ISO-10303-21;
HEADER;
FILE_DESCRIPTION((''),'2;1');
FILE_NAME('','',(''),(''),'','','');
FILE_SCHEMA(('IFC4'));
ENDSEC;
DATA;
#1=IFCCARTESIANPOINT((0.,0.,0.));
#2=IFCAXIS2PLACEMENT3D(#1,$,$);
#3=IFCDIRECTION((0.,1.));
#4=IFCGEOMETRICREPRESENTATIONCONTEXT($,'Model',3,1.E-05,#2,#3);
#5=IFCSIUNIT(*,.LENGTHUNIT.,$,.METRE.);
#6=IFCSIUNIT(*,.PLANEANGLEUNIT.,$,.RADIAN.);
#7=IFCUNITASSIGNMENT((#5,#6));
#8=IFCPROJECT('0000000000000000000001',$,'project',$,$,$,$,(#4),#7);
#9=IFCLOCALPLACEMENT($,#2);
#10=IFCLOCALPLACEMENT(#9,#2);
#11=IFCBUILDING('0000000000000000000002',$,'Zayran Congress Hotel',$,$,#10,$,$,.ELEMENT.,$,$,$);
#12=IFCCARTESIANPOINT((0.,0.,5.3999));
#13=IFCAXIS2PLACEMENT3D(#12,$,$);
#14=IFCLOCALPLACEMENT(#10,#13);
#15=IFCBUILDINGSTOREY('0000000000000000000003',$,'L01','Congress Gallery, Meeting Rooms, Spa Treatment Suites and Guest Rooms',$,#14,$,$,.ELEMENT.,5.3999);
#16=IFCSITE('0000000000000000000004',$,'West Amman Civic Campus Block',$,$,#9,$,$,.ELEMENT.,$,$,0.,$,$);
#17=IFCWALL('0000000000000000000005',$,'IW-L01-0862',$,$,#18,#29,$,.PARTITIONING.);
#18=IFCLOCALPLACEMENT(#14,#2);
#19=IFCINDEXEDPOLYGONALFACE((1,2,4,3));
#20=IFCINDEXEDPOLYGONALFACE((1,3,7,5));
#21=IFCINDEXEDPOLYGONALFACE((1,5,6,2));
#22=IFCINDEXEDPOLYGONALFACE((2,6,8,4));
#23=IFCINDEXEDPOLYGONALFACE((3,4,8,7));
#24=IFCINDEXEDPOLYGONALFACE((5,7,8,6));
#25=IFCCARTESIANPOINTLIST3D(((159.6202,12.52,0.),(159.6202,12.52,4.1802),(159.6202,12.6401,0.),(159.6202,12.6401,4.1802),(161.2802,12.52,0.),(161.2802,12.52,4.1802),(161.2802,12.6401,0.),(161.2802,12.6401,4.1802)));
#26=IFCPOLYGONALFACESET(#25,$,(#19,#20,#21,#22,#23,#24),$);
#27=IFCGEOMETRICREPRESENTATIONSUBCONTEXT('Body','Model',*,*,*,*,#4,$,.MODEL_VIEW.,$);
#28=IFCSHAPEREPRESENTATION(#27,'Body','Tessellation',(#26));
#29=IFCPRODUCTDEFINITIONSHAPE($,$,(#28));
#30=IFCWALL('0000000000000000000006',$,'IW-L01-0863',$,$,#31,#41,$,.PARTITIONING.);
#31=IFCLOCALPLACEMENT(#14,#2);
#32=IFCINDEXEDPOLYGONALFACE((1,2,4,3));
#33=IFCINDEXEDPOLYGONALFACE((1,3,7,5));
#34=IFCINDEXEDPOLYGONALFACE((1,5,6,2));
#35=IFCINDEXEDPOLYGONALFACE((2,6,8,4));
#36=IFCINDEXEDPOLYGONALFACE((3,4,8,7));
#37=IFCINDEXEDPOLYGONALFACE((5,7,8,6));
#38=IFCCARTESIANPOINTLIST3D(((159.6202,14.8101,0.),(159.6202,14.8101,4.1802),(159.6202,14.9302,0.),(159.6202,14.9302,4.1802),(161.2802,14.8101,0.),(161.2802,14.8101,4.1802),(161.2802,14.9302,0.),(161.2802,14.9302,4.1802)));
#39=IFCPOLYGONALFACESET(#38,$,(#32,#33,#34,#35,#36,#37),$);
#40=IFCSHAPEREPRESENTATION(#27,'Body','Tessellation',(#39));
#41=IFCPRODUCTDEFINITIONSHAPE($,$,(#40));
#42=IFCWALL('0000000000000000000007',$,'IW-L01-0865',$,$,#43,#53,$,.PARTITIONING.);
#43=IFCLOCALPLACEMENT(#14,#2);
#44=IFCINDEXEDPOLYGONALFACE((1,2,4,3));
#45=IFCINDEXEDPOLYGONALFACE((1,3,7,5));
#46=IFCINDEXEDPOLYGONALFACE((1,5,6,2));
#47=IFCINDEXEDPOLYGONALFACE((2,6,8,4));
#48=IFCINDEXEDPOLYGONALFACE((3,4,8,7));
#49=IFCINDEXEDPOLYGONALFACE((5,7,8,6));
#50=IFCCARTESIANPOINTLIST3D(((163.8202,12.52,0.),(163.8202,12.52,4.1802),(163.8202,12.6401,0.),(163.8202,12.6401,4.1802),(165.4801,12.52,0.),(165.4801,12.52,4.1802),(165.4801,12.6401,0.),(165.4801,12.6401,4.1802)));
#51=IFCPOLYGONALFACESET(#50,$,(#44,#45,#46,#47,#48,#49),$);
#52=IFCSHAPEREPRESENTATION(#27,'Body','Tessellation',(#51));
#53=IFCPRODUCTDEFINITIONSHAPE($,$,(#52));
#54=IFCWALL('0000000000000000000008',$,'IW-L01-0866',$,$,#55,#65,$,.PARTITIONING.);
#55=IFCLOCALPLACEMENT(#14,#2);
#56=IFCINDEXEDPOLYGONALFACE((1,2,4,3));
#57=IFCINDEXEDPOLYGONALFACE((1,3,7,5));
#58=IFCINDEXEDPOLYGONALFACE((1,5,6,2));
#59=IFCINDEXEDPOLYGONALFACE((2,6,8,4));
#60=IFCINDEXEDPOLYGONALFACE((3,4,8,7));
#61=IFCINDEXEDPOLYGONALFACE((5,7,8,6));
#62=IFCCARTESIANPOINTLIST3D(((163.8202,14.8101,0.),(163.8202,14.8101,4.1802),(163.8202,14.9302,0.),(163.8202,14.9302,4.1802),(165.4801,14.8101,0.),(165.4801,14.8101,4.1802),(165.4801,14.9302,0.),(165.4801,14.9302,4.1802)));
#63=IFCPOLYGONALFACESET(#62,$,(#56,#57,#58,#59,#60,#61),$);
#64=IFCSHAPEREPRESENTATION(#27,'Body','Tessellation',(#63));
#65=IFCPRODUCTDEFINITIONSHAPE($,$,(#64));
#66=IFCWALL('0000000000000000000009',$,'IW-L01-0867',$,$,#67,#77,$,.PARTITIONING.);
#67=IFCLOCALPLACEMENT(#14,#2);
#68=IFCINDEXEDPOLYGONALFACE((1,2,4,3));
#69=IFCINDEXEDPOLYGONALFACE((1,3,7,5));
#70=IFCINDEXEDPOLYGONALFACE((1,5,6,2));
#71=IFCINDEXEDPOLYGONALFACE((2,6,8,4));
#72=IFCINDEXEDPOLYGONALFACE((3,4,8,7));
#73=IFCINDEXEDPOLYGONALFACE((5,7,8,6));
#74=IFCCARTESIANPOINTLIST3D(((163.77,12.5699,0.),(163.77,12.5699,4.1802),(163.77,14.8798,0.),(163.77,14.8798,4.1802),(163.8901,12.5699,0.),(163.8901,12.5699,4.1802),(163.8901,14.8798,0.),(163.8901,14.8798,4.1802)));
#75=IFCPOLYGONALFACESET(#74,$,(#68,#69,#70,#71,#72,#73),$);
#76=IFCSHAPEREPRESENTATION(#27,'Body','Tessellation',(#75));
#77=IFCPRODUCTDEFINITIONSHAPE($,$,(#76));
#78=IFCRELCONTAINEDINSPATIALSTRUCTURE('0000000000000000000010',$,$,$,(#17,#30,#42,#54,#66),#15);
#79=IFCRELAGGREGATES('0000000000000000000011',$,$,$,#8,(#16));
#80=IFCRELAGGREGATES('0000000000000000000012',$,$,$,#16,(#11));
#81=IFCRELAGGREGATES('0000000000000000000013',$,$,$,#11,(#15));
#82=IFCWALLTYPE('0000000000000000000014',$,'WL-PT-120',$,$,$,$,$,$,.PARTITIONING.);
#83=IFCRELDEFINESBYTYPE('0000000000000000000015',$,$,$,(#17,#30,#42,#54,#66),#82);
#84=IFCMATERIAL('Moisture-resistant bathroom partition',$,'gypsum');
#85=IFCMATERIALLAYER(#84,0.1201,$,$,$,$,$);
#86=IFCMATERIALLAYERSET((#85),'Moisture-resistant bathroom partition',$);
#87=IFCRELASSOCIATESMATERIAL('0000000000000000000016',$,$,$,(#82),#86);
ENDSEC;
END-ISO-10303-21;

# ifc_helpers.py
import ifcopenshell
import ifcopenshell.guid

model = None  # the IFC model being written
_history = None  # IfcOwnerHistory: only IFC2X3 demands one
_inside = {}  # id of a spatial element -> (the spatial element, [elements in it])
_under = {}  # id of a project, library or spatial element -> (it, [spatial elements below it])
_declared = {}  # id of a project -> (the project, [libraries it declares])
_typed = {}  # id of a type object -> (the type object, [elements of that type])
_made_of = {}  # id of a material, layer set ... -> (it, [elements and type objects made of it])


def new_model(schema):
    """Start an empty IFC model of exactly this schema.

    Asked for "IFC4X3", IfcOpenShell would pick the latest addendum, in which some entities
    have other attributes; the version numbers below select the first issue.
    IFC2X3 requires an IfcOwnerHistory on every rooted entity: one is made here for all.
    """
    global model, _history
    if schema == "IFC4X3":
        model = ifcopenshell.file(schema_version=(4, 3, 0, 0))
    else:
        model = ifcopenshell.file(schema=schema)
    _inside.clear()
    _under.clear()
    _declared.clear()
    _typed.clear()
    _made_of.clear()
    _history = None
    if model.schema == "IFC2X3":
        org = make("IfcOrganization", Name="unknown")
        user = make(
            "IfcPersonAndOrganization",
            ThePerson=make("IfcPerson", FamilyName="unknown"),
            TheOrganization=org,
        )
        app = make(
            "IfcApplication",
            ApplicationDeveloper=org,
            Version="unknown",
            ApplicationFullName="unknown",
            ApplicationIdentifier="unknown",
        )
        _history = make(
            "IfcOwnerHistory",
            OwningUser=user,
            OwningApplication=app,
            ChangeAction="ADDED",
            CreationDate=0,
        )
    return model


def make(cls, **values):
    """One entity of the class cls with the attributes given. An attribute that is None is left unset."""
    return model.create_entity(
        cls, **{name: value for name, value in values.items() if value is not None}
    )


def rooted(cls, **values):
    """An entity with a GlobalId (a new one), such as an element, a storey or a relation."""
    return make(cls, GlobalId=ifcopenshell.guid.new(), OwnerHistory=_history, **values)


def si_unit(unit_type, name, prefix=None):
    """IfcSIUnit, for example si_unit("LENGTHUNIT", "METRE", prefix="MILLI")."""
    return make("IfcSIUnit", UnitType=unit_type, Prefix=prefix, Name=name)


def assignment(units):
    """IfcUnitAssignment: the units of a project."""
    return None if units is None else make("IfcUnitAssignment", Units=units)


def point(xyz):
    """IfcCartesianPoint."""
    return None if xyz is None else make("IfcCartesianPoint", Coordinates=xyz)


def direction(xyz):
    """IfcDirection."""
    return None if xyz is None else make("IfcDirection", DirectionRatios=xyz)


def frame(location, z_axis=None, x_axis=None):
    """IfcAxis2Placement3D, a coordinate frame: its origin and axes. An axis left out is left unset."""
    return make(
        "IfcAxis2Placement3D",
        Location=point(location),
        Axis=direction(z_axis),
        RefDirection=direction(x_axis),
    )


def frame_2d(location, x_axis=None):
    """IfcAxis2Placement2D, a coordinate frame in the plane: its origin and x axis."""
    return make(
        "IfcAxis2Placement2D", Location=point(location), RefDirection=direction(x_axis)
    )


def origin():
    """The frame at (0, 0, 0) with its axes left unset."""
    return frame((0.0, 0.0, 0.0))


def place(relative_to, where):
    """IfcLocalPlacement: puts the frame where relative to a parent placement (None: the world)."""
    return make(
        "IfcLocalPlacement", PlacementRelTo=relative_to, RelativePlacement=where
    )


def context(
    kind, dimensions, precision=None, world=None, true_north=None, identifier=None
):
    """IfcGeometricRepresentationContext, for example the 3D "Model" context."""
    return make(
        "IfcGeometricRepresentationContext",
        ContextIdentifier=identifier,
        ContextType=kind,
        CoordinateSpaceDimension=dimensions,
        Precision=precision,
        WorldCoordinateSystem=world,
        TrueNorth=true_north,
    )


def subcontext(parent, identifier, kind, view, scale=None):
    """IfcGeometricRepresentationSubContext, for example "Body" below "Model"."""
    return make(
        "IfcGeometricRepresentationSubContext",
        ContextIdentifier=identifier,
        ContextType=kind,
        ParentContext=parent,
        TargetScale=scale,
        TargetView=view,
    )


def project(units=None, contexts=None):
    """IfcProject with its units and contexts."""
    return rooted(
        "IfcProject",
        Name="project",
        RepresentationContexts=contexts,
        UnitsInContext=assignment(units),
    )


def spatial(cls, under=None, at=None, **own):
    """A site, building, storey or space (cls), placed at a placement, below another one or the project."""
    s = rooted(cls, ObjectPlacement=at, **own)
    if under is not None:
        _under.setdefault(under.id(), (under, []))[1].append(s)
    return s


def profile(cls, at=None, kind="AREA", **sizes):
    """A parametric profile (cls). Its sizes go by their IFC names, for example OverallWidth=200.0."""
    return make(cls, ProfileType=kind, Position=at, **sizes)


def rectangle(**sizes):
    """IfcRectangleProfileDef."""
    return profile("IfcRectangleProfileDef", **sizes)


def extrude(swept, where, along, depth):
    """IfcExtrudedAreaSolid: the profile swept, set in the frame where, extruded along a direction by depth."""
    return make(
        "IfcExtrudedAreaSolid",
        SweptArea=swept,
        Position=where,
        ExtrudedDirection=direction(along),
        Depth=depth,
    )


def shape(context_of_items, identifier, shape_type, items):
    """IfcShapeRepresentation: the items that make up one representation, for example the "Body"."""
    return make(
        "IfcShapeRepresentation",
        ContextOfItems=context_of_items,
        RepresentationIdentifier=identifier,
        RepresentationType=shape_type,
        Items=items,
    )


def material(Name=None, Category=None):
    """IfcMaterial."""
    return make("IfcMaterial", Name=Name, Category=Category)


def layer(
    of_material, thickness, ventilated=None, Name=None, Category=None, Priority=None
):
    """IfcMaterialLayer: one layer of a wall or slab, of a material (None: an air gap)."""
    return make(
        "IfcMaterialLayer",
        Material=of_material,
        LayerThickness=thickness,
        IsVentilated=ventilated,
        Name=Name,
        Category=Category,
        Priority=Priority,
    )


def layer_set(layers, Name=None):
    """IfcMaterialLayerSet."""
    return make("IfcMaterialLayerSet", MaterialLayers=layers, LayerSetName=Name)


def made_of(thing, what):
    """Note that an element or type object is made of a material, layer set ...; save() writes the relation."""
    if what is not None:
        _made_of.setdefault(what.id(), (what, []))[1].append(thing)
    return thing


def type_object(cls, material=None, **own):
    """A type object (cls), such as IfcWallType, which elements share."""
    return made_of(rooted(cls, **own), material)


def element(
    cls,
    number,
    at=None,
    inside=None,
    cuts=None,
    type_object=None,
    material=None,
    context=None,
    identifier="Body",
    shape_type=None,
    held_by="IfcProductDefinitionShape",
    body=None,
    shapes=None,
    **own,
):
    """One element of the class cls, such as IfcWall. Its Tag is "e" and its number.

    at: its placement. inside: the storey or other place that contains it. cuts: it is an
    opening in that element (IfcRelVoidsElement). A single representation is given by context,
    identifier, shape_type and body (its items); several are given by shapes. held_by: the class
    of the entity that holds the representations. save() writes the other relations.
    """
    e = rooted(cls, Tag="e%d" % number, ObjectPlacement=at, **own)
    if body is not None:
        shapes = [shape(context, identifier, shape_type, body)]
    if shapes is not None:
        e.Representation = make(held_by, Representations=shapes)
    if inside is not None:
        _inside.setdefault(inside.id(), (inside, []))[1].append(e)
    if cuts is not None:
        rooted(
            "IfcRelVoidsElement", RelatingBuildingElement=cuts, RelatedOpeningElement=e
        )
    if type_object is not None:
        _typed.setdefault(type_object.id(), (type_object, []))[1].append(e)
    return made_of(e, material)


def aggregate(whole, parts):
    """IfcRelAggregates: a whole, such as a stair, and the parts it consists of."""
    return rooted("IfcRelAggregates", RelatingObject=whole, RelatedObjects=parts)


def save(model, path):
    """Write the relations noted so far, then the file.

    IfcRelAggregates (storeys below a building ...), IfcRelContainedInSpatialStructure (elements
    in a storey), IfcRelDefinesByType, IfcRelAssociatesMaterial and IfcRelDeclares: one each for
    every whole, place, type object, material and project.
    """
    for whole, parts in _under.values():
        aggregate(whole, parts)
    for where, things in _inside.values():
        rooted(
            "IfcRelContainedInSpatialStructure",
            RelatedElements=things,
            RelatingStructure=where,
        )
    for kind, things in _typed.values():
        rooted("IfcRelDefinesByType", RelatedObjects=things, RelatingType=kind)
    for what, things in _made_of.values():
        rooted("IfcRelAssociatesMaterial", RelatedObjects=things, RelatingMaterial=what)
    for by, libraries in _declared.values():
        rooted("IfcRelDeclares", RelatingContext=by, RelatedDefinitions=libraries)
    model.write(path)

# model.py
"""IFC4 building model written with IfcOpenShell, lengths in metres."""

from ifc_helpers import new_model, si_unit, direction, frame, frame_2d, origin, place, context, subcontext, project, spatial, rectangle, extrude, material, layer, layer_set, type_object, element, save


model = new_model("IFC4")

# Units and contexts
model_context = context("Model", 3, precision=1e-05, world=origin(), true_north=direction((0.0, 1.0)))
body_context = subcontext(model_context, "Body", "Model", "MODEL_VIEW")
ifc_project = project(units=[si_unit("LENGTHUNIT", "METRE"), si_unit("PLANEANGLEUNIT", "RADIAN")], contexts=[model_context])

# Site, building, storey
site_placement = place(None, origin())
site = spatial("IfcSite", under=ifc_project, at=site_placement, Name="West Amman Civic Campus Block", CompositionType="ELEMENT", RefElevation=0.0)
building_placement = place(site_placement, origin())
building = spatial("IfcBuilding", under=site, at=building_placement, Name="Zayran Congress Hotel", CompositionType="ELEMENT")
storey_placement = place(building_placement, frame((0.0, 0.0, 5.3999)))
storey = spatial("IfcBuildingStorey", under=building, at=storey_placement, Name="L01", Description="Congress Gallery, Meeting Rooms, Spa Treatment Suites and Guest Rooms", CompositionType="ELEMENT", Elevation=5.3999)

# Shared definitions
ifc_material_1 = material(Name="Moisture-resistant bathroom partition", Category="gypsum")
ifc_layer_1 = layer(ifc_material_1, 0.1201)
ifc_layer_set_1 = layer_set([ifc_layer_1], Name="Moisture-resistant bathroom partition")
wall_type_1 = type_object("IfcWallType", Name="WL-PT-120", PredefinedType="PARTITIONING", material=ifc_layer_set_1)

# Walls
for number, where, z_axis, x_axis, name in (
    (1, (159.6201, 12.5801, 0.0), (0.0, 0.0, 1.0), (1.0, 0.0, 0.0), "IW-L01-0862"),
    (2, (159.6201, 14.8701, 0.0), (0.0, 0.0, 1.0), (1.0, 0.0, 0.0), "IW-L01-0863"),
    (3, (163.8201, 12.5801, 0.0), (0.0, 0.0, 1.0), (1.0, 0.0, 0.0), "IW-L01-0865"),
    (4, (163.8201, 14.8701, 0.0), (0.0, 0.0, 1.0), (1.0, 0.0, 0.0), "IW-L01-0866"),
):
    element("IfcWall", number, at=place(storey_placement, frame(where, z_axis=z_axis, x_axis=x_axis)), inside=storey, type_object=wall_type_1, Name=name, PredefinedType="PARTITIONING", context=body_context, shape_type="SweptSolid", body=[
        extrude(rectangle(XDim=1.6599, YDim=0.1201, at=frame_2d((0.8301, 0.0))), origin(), (0.0, 0.0, 1.0), 4.1802),
    ])
wall_1_placement = place(storey_placement, frame((163.8301, 12.5701, 0.0), z_axis=(0.0, 0.0, 1.0), x_axis=(0.0, 1.0, 0.0)))
element("IfcWall", 5, at=wall_1_placement, inside=storey, type_object=wall_type_1, Name="IW-L01-0867", PredefinedType="PARTITIONING", context=body_context, shape_type="SweptSolid", body=[
    extrude(rectangle(XDim=2.3098, YDim=0.1201, at=frame_2d((1.1548, 0.0))), origin(), (0.0, 0.0, 1.0), 4.1802),
])

save(model, "model.ifc")
